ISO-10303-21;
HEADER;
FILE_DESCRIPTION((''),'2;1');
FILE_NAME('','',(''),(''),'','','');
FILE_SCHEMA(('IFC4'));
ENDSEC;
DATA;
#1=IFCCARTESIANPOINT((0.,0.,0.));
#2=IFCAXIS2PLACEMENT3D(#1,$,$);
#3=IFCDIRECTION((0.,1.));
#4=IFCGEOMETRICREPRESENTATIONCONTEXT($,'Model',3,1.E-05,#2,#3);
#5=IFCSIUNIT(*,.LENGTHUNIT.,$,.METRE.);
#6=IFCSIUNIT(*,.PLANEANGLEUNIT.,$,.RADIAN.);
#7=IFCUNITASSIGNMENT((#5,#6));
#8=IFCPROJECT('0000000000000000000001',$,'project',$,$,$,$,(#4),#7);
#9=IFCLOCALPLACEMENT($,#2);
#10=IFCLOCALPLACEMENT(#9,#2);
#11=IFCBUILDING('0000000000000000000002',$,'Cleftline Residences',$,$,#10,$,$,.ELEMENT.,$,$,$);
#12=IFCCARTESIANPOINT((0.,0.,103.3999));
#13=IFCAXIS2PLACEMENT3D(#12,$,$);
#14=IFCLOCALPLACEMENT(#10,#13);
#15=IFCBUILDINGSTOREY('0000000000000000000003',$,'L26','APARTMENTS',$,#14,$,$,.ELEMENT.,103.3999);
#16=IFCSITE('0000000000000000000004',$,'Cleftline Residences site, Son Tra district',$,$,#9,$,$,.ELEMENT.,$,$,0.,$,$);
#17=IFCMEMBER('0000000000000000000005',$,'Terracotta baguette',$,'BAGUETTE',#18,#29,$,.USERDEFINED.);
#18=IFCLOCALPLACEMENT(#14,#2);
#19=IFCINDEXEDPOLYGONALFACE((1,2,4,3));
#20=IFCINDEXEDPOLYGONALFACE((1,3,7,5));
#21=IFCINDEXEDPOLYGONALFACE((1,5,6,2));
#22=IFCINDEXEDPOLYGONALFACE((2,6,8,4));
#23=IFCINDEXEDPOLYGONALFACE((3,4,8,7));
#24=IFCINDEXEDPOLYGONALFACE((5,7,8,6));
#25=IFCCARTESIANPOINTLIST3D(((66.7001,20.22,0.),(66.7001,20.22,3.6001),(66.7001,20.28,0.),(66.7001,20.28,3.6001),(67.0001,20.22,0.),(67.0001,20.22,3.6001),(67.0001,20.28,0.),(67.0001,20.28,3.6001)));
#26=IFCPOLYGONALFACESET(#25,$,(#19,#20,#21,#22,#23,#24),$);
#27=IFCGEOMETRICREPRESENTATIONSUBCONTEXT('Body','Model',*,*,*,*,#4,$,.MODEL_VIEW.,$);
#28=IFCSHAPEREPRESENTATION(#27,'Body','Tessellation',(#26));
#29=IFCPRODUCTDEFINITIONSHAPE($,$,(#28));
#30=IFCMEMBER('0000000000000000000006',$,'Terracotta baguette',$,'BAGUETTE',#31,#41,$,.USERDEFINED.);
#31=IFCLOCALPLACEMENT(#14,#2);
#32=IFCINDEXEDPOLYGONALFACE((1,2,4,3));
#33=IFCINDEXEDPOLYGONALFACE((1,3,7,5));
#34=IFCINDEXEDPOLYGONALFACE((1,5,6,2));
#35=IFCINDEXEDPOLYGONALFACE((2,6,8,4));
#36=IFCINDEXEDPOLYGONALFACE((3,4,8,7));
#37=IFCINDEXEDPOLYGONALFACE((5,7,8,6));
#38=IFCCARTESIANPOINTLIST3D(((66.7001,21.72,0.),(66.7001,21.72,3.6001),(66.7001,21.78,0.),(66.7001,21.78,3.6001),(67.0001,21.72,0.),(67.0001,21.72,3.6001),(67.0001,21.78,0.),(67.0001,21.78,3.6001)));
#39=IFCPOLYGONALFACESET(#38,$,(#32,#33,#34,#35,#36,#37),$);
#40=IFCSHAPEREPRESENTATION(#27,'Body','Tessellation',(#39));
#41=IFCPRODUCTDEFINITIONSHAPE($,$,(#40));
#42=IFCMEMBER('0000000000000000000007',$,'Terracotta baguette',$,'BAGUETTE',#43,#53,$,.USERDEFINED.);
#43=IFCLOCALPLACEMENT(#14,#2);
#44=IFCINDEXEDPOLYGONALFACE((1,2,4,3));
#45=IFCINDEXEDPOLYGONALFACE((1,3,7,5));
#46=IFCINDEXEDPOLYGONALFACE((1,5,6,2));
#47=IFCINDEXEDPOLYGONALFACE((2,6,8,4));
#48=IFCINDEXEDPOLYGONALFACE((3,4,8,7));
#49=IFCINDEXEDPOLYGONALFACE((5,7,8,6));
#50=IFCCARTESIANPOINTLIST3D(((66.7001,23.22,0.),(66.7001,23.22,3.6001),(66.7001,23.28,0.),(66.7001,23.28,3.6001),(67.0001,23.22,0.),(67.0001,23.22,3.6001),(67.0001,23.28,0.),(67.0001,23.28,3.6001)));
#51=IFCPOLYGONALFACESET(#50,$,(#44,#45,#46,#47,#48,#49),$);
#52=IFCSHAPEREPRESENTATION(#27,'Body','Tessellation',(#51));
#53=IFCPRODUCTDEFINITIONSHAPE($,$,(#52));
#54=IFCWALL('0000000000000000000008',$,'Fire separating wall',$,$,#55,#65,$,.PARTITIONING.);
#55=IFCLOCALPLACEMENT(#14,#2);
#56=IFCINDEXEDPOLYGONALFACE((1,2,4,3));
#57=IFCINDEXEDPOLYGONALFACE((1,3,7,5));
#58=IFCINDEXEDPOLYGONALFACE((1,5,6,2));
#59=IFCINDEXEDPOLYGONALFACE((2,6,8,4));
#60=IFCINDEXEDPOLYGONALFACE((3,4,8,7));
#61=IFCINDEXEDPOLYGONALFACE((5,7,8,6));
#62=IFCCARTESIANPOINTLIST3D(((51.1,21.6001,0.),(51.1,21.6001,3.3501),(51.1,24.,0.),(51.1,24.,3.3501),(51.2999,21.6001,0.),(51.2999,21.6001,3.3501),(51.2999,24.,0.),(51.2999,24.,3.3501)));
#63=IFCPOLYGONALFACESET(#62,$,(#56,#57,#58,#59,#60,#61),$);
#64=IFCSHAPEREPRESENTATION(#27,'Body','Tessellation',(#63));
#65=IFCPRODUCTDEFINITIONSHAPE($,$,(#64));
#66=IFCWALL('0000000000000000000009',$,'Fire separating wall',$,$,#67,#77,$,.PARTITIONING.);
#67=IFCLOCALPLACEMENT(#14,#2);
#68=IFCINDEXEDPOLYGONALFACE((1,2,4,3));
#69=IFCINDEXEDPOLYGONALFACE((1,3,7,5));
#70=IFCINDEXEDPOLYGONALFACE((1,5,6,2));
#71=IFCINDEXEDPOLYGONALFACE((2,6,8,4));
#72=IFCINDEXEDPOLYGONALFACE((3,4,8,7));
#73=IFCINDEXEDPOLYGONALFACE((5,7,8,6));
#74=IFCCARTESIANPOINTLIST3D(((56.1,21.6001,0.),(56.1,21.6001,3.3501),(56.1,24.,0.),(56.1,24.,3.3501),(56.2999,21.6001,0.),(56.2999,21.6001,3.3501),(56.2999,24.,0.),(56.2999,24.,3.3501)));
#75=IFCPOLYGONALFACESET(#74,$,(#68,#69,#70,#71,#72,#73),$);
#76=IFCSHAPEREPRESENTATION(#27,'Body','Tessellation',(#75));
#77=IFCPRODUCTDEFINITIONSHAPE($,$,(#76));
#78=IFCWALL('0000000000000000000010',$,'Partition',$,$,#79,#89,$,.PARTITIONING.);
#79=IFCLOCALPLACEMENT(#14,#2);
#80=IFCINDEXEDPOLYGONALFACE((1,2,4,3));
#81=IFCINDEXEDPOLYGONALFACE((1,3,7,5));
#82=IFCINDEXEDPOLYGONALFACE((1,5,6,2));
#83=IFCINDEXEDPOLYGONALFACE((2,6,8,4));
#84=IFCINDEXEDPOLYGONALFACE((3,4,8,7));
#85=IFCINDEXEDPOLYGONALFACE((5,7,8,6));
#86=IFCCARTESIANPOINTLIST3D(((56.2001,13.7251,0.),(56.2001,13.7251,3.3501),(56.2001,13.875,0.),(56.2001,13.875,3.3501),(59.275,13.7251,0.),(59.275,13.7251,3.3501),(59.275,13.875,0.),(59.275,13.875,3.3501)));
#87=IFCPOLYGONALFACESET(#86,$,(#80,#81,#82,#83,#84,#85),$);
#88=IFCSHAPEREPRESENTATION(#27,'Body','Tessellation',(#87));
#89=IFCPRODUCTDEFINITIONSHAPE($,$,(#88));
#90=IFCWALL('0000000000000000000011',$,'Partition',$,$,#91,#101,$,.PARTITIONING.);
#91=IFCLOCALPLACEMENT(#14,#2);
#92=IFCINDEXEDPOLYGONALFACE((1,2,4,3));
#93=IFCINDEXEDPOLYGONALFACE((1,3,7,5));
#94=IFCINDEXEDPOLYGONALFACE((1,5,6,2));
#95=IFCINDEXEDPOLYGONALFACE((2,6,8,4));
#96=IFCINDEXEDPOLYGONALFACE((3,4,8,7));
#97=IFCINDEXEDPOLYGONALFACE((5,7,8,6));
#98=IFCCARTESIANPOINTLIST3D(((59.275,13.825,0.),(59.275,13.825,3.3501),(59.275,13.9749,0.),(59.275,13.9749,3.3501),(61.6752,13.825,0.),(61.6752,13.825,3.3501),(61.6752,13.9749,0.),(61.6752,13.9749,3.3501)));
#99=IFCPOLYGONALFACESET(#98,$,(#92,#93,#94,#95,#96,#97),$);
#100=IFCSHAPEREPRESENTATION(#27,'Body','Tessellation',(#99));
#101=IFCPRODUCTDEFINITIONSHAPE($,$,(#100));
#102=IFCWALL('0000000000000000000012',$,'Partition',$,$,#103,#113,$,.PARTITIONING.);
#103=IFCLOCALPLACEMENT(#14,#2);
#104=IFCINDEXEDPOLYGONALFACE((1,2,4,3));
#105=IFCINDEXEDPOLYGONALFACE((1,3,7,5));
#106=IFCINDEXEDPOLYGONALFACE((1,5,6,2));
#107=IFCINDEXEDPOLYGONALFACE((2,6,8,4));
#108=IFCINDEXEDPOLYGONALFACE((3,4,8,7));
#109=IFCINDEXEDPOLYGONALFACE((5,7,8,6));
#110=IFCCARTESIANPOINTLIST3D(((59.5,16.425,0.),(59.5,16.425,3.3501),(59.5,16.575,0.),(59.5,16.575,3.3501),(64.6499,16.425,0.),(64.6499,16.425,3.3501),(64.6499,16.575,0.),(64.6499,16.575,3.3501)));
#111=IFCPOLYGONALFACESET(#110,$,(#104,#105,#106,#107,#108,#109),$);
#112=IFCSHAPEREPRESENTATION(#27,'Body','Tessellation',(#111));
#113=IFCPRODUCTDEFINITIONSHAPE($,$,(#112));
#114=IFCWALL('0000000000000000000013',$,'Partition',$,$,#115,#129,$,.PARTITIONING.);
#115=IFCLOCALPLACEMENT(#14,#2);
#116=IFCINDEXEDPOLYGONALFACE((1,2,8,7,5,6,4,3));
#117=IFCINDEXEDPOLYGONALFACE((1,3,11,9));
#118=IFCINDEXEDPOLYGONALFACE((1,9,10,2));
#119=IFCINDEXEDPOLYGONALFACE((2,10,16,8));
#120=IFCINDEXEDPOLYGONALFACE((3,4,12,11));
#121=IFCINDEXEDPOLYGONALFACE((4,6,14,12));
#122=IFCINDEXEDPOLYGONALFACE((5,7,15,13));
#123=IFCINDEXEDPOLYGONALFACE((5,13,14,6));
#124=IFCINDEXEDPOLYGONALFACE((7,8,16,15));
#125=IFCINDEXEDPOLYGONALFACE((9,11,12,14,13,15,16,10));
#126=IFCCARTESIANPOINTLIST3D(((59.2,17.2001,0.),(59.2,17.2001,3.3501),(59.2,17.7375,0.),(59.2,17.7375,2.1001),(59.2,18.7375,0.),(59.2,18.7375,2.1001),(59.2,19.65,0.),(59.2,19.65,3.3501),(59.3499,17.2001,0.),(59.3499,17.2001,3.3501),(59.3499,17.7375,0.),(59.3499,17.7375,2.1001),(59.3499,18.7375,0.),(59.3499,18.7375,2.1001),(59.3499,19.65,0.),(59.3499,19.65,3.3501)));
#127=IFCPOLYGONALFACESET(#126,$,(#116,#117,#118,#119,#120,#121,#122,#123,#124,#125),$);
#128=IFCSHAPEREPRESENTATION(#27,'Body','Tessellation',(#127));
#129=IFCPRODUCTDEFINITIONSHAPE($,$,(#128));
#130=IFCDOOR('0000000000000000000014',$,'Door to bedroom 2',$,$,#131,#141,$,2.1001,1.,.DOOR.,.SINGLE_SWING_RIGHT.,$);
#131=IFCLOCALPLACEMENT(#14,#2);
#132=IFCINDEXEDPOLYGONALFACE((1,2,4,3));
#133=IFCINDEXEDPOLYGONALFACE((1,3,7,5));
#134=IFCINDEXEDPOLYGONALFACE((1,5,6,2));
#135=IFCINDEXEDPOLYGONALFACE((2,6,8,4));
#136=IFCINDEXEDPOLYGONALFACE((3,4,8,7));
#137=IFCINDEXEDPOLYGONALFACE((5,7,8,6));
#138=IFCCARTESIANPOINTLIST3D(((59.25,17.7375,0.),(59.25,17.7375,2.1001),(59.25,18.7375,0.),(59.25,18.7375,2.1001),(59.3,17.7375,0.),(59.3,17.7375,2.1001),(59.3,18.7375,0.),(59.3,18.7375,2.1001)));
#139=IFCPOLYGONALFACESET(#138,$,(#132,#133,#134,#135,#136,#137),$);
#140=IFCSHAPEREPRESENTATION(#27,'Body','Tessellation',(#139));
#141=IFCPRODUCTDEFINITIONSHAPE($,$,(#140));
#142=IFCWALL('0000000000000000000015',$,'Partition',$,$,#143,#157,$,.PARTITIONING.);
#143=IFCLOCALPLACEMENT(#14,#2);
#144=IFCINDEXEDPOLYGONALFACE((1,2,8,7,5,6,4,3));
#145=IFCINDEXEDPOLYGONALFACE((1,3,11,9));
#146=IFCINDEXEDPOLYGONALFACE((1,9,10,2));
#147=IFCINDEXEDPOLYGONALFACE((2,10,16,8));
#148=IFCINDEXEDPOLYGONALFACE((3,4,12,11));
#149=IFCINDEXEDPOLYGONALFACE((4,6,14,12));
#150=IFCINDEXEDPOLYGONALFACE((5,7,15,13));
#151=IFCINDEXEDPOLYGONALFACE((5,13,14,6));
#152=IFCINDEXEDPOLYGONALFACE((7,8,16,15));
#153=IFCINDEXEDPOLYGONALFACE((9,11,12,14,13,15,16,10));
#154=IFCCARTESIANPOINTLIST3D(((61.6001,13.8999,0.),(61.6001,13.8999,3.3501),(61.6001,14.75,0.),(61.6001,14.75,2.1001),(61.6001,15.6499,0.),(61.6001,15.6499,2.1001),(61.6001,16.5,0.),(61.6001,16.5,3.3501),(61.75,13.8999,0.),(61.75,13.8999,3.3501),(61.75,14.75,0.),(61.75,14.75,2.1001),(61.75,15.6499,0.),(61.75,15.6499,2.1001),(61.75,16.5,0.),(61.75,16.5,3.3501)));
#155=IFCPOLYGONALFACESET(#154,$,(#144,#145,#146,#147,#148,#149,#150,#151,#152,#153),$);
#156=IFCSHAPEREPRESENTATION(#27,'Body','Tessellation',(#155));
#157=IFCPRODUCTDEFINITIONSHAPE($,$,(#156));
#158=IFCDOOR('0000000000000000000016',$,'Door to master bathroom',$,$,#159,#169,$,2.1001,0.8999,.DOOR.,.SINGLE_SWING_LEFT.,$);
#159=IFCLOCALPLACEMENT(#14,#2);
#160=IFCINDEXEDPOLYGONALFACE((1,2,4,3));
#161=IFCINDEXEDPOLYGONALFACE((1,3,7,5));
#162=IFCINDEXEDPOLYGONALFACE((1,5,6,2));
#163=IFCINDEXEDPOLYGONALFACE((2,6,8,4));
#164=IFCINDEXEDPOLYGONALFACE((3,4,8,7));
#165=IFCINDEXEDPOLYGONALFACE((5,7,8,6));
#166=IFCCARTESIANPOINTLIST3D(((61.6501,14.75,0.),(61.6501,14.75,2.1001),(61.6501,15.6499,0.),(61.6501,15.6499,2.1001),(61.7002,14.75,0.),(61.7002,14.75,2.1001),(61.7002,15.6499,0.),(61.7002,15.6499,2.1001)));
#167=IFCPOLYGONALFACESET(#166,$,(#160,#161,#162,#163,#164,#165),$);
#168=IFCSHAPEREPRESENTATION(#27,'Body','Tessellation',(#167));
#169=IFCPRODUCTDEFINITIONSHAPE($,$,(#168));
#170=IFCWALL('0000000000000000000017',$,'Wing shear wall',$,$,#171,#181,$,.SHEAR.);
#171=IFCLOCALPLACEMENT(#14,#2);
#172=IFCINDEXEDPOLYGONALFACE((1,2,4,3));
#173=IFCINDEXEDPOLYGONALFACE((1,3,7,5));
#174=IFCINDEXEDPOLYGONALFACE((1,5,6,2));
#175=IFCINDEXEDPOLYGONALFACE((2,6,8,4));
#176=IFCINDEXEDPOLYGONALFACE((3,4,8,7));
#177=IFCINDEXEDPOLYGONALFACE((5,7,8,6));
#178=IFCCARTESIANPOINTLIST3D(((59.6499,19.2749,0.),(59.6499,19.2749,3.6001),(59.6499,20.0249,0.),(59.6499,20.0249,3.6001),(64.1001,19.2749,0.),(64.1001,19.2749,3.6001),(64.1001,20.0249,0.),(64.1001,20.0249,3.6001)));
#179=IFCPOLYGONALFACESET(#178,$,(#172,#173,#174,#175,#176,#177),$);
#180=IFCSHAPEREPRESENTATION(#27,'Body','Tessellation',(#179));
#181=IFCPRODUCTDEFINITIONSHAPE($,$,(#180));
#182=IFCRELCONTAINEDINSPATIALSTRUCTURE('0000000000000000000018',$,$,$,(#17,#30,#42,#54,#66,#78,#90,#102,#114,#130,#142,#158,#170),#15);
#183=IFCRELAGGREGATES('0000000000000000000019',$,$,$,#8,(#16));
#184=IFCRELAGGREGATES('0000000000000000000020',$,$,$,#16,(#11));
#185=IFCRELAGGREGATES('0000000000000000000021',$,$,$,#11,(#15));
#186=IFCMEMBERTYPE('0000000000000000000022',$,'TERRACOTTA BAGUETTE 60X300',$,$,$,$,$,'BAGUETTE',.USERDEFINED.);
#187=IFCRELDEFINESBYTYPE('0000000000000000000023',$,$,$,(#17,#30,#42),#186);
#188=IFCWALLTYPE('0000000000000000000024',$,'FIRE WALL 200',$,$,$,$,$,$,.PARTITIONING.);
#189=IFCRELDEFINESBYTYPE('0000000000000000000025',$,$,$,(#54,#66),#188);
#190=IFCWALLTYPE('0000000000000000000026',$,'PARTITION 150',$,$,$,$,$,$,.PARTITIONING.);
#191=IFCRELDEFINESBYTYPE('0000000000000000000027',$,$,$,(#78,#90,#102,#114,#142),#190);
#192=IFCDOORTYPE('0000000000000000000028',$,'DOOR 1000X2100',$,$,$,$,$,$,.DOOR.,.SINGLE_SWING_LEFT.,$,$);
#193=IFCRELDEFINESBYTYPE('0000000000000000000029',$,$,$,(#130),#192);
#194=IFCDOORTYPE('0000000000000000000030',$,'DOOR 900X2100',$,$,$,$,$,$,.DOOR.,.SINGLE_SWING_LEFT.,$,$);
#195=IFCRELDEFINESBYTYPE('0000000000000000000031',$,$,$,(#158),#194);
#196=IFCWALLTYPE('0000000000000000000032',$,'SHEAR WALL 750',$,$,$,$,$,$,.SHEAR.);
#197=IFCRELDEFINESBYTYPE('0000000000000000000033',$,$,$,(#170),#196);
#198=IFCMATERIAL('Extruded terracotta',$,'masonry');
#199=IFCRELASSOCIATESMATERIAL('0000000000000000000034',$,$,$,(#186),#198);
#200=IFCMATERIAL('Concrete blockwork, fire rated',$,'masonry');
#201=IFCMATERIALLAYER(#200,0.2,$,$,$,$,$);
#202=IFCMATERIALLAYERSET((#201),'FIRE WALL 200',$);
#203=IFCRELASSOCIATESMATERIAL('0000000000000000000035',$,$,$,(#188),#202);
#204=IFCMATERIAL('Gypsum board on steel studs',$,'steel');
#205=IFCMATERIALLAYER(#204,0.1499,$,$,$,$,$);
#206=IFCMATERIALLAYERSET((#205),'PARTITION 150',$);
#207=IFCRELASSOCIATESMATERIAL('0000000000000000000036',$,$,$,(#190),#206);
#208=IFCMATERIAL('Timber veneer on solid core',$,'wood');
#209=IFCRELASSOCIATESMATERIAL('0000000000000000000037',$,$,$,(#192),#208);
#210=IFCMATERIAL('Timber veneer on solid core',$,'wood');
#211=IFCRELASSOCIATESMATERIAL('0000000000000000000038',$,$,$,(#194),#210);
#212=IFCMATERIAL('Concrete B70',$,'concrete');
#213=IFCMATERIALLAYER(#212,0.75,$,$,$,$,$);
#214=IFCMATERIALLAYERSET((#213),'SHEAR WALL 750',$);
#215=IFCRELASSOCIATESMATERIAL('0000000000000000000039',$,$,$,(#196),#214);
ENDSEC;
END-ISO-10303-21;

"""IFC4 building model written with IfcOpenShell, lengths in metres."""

from ifc_helpers import new_model, si_unit, direction, frame, frame_2d, origin, origin_2d, place, context, subcontext, project, spatial, rectangle, extrude, material, layer, layer_set, material_profile, profile_set, type_object, element, fill, save


model = new_model("IFC4")

# Units and contexts
model_context = context("Model", 3, precision=1e-05, world=origin(), true_north=direction((0.0, 1.0)))
body_context = subcontext(model_context, "Body", "Model", "MODEL_VIEW")
ifc_project = project(units=[si_unit("LENGTHUNIT", "METRE"), si_unit("PLANEANGLEUNIT", "RADIAN")], contexts=[model_context])

# Site, building, storey
site_placement = place(None, origin())
site = spatial("IfcSite", under=ifc_project, at=site_placement, Name="Cleftline Residences site, Son Tra district", CompositionType="ELEMENT", RefElevation=0.0)
building_placement = place(site_placement, origin())
building = spatial("IfcBuilding", under=site, at=building_placement, Name="Cleftline Residences", CompositionType="ELEMENT")
storey_placement = place(building_placement, frame((0.0, 0.0, 103.3999)))
storey = spatial("IfcBuildingStorey", under=building, at=storey_placement, Name="L26", Description="APARTMENTS", CompositionType="ELEMENT", Elevation=103.3999)

# Members
ifc_material_1 = material(Name="Extruded terracotta", Category="masonry")
ifc_material_profile_1 = material_profile(ifc_material_1, rectangle(XDim=0.0601, YDim=0.3, at=origin_2d()))
ifc_profile_set_1 = profile_set([ifc_material_profile_1], Name="Extruded terracotta")
member_type_1 = type_object("IfcMemberType", Name="TERRACOTTA BAGUETTE 60X300", ElementType="BAGUETTE", PredefinedType="USERDEFINED", material=ifc_profile_set_1)
for number, where, z_axis, x_axis, name in (
    (1, (66.8501, 20.25, 0.0), (0.0, 0.0, 1.0), (0.0, 1.0, 0.0), "Terracotta baguette"),
    (2, (66.8501, 21.75, 0.0), (0.0, 0.0, 1.0), (0.0, 1.0, 0.0), "Terracotta baguette"),
    (3, (66.8501, 23.25, 0.0), (0.0, 0.0, 1.0), (0.0, 1.0, 0.0), "Terracotta baguette"),
):
    element("IfcMember", number, at=place(storey_placement, frame(where, z_axis=z_axis, x_axis=x_axis)), inside=storey, type_object=member_type_1, Name=name, ObjectType="BAGUETTE", PredefinedType="USERDEFINED", context=body_context, shape_type="SweptSolid", body=[
        extrude(rectangle(XDim=0.0601, YDim=0.3, at=origin_2d()), origin(), (0.0, 0.0, 1.0), 3.6001),
    ])

# Walls
ifc_material_2 = material(Name="Concrete blockwork, fire rated", Category="masonry")
ifc_layer_1 = layer(ifc_material_2, 0.2)
ifc_layer_set_1 = layer_set([ifc_layer_1], Name="FIRE WALL 200")
wall_type_1 = type_object("IfcWallType", Name="FIRE WALL 200", PredefinedType="PARTITIONING", material=ifc_layer_set_1)
for number, where, z_axis, x_axis, name in (
    (4, (51.2, 21.6001, 0.0), (0.0, 0.0, 1.0), (0.0, 1.0, 0.0), "Fire separating wall"),
    (5, (56.2, 21.6001, 0.0), (0.0, 0.0, 1.0), (0.0, 1.0, 0.0), "Fire separating wall"),
):
    element("IfcWall", number, at=place(storey_placement, frame(where, z_axis=z_axis, x_axis=x_axis)), inside=storey, type_object=wall_type_1, Name=name, PredefinedType="PARTITIONING", context=body_context, shape_type="SweptSolid", body=[
        extrude(rectangle(XDim=2.3999, YDim=0.2, at=frame_2d((1.2, 0.0))), origin(), (0.0, 0.0, 1.0), 3.3501),
    ])
ifc_material_3 = material(Name="Gypsum board on steel studs", Category="steel")
ifc_layer_2 = layer(ifc_material_3, 0.1499)
ifc_layer_set_2 = layer_set([ifc_layer_2], Name="PARTITION 150")
wall_type_2 = type_object("IfcWallType", Name="PARTITION 150", PredefinedType="PARTITIONING", material=ifc_layer_set_2)
wall_1_placement = place(storey_placement, frame((56.2, 13.8, 0.0), z_axis=(0.0, 0.0, 1.0), x_axis=(1.0, 0.0, 0.0)))
element("IfcWall", 6, at=wall_1_placement, inside=storey, type_object=wall_type_2, Name="Partition", PredefinedType="PARTITIONING", context=body_context, shape_type="SweptSolid", body=[
    extrude(rectangle(XDim=3.075, YDim=0.1499, at=frame_2d((1.5376, 0.0))), origin(), (0.0, 0.0, 1.0), 3.3501),
])
wall_2_placement = place(storey_placement, frame((59.2749, 13.8999, 0.0), z_axis=(0.0, 0.0, 1.0), x_axis=(1.0, 0.0, 0.0)))
element("IfcWall", 7, at=wall_2_placement, inside=storey, type_object=wall_type_2, Name="Partition", PredefinedType="PARTITIONING", context=body_context, shape_type="SweptSolid", body=[
    extrude(rectangle(XDim=2.4001, YDim=0.1499, at=frame_2d((1.2002, 0.0))), origin(), (0.0, 0.0, 1.0), 3.3501),
])
wall_3_placement = place(storey_placement, frame((59.5, 16.5, 0.0), z_axis=(0.0, 0.0, 1.0), x_axis=(1.0, 0.0, 0.0)))
element("IfcWall", 8, at=wall_3_placement, inside=storey, type_object=wall_type_2, Name="Partition", PredefinedType="PARTITIONING", context=body_context, shape_type="SweptSolid", body=[
    extrude(rectangle(XDim=5.1499, YDim=0.1499, at=frame_2d((2.575, 0.0))), origin(), (0.0, 0.0, 1.0), 3.3501),
])

# Walls, openings, doors
wall_4_placement = place(storey_placement, frame((59.2749, 17.2, 0.0), z_axis=(0.0, 0.0, 1.0), x_axis=(0.0, 1.0, 0.0)))
wall_4 = element("IfcWall", 9, at=wall_4_placement, inside=storey, type_object=wall_type_2, Name="Partition", PredefinedType="PARTITIONING", context=body_context, shape_type="SweptSolid", body=[
    extrude(rectangle(XDim=2.45, YDim=0.1499, at=frame_2d((1.2251, 0.0))), origin(), (0.0, 0.0, 1.0), 3.3501),
])
opening_1_placement = place(wall_4_placement, frame((0.5376, 0.0, 0.0)))
opening_1 = element("IfcOpeningElement", 10, at=opening_1_placement, cuts=wall_4, PredefinedType="OPENING", context=body_context, shape_type="SweptSolid", body=[
    extrude(rectangle(XDim=1.0, YDim=2.1001, at=frame_2d((0.5, 1.05))), frame((0.0, 0.085, 0.0), z_axis=(0.0, -1.0, 0.0), x_axis=(1.0, 0.0, 0.0)), (0.0, 0.0, 1.0), 0.1699),
])
ifc_material_4 = material(Name="Timber veneer on solid core", Category="wood")
door_type_1 = type_object("IfcDoorType", Name="DOOR 1000X2100", OperationType="SINGLE_SWING_LEFT", PredefinedType="DOOR", material=ifc_material_4)
door_1_placement = place(opening_1_placement, origin())
door_1 = element("IfcDoor", 11, at=door_1_placement, inside=storey, type_object=door_type_1, Name="Door to bedroom 2", OperationType="SINGLE_SWING_RIGHT", OverallHeight=2.1001, OverallWidth=1.0, PredefinedType="DOOR", context=body_context, shape_type="SweptSolid", body=[
    extrude(rectangle(XDim=1.0, YDim=2.1001, at=frame_2d((0.5, 1.05))), frame((0.0, 0.0249, 0.0), z_axis=(0.0, -1.0, 0.0), x_axis=(1.0, 0.0, 0.0)), (0.0, 0.0, 1.0), 0.05),
])
fill(opening_1, door_1)
wall_5_placement = place(storey_placement, frame((61.675, 13.8999, 0.0), z_axis=(0.0, 0.0, 1.0), x_axis=(0.0, 1.0, 0.0)))
wall_5 = element("IfcWall", 12, at=wall_5_placement, inside=storey, type_object=wall_type_2, Name="Partition", PredefinedType="PARTITIONING", context=body_context, shape_type="SweptSolid", body=[
    extrude(rectangle(XDim=2.6001, YDim=0.1499, at=frame_2d((1.3, 0.0))), origin(), (0.0, 0.0, 1.0), 3.3501),
])
opening_2_placement = place(wall_5_placement, frame((0.8501, 0.0, 0.0)))
opening_2 = element("IfcOpeningElement", 13, at=opening_2_placement, cuts=wall_5, PredefinedType="OPENING", context=body_context, shape_type="SweptSolid", body=[
    extrude(rectangle(XDim=0.8999, YDim=2.1001, at=frame_2d((0.45, 1.05))), frame((0.0, 0.085, 0.0), z_axis=(0.0, -1.0, 0.0), x_axis=(1.0, 0.0, 0.0)), (0.0, 0.0, 1.0), 0.1699),
])
ifc_material_5 = material(Name="Timber veneer on solid core", Category="wood")
door_type_2 = type_object("IfcDoorType", Name="DOOR 900X2100", OperationType="SINGLE_SWING_LEFT", PredefinedType="DOOR", material=ifc_material_5)
door_2_placement = place(opening_2_placement, origin())
door_2 = element("IfcDoor", 14, at=door_2_placement, inside=storey, type_object=door_type_2, Name="Door to master bathroom", OperationType="SINGLE_SWING_LEFT", OverallHeight=2.1001, OverallWidth=0.8999, PredefinedType="DOOR", context=body_context, shape_type="SweptSolid", body=[
    extrude(rectangle(XDim=0.8999, YDim=2.1001, at=frame_2d((0.45, 1.05))), frame((0.0, 0.0249, 0.0), z_axis=(0.0, -1.0, 0.0), x_axis=(1.0, 0.0, 0.0)), (0.0, 0.0, 1.0), 0.05),
])
fill(opening_2, door_2)

# Wall
ifc_material_6 = material(Name="Concrete B70", Category="concrete")
ifc_layer_3 = layer(ifc_material_6, 0.75)
ifc_layer_set_3 = layer_set([ifc_layer_3], Name="SHEAR WALL 750")
wall_type_3 = type_object("IfcWallType", Name="SHEAR WALL 750", PredefinedType="SHEAR", material=ifc_layer_set_3)
wall_6_placement = place(storey_placement, frame((59.6499, 19.6499, 0.0), z_axis=(0.0, 0.0, 1.0), x_axis=(1.0, 0.0, 0.0)))
element("IfcWall", 15, at=wall_6_placement, inside=storey, type_object=wall_type_3, Name="Wing shear wall", PredefinedType="SHEAR", context=body_context, shape_type="SweptSolid", body=[
    extrude(rectangle(XDim=4.4502, YDim=0.75, at=frame_2d((2.2251, 0.0))), origin(), (0.0, 0.0, 1.0), 3.6001),
])

save(model, "model.ifc")
